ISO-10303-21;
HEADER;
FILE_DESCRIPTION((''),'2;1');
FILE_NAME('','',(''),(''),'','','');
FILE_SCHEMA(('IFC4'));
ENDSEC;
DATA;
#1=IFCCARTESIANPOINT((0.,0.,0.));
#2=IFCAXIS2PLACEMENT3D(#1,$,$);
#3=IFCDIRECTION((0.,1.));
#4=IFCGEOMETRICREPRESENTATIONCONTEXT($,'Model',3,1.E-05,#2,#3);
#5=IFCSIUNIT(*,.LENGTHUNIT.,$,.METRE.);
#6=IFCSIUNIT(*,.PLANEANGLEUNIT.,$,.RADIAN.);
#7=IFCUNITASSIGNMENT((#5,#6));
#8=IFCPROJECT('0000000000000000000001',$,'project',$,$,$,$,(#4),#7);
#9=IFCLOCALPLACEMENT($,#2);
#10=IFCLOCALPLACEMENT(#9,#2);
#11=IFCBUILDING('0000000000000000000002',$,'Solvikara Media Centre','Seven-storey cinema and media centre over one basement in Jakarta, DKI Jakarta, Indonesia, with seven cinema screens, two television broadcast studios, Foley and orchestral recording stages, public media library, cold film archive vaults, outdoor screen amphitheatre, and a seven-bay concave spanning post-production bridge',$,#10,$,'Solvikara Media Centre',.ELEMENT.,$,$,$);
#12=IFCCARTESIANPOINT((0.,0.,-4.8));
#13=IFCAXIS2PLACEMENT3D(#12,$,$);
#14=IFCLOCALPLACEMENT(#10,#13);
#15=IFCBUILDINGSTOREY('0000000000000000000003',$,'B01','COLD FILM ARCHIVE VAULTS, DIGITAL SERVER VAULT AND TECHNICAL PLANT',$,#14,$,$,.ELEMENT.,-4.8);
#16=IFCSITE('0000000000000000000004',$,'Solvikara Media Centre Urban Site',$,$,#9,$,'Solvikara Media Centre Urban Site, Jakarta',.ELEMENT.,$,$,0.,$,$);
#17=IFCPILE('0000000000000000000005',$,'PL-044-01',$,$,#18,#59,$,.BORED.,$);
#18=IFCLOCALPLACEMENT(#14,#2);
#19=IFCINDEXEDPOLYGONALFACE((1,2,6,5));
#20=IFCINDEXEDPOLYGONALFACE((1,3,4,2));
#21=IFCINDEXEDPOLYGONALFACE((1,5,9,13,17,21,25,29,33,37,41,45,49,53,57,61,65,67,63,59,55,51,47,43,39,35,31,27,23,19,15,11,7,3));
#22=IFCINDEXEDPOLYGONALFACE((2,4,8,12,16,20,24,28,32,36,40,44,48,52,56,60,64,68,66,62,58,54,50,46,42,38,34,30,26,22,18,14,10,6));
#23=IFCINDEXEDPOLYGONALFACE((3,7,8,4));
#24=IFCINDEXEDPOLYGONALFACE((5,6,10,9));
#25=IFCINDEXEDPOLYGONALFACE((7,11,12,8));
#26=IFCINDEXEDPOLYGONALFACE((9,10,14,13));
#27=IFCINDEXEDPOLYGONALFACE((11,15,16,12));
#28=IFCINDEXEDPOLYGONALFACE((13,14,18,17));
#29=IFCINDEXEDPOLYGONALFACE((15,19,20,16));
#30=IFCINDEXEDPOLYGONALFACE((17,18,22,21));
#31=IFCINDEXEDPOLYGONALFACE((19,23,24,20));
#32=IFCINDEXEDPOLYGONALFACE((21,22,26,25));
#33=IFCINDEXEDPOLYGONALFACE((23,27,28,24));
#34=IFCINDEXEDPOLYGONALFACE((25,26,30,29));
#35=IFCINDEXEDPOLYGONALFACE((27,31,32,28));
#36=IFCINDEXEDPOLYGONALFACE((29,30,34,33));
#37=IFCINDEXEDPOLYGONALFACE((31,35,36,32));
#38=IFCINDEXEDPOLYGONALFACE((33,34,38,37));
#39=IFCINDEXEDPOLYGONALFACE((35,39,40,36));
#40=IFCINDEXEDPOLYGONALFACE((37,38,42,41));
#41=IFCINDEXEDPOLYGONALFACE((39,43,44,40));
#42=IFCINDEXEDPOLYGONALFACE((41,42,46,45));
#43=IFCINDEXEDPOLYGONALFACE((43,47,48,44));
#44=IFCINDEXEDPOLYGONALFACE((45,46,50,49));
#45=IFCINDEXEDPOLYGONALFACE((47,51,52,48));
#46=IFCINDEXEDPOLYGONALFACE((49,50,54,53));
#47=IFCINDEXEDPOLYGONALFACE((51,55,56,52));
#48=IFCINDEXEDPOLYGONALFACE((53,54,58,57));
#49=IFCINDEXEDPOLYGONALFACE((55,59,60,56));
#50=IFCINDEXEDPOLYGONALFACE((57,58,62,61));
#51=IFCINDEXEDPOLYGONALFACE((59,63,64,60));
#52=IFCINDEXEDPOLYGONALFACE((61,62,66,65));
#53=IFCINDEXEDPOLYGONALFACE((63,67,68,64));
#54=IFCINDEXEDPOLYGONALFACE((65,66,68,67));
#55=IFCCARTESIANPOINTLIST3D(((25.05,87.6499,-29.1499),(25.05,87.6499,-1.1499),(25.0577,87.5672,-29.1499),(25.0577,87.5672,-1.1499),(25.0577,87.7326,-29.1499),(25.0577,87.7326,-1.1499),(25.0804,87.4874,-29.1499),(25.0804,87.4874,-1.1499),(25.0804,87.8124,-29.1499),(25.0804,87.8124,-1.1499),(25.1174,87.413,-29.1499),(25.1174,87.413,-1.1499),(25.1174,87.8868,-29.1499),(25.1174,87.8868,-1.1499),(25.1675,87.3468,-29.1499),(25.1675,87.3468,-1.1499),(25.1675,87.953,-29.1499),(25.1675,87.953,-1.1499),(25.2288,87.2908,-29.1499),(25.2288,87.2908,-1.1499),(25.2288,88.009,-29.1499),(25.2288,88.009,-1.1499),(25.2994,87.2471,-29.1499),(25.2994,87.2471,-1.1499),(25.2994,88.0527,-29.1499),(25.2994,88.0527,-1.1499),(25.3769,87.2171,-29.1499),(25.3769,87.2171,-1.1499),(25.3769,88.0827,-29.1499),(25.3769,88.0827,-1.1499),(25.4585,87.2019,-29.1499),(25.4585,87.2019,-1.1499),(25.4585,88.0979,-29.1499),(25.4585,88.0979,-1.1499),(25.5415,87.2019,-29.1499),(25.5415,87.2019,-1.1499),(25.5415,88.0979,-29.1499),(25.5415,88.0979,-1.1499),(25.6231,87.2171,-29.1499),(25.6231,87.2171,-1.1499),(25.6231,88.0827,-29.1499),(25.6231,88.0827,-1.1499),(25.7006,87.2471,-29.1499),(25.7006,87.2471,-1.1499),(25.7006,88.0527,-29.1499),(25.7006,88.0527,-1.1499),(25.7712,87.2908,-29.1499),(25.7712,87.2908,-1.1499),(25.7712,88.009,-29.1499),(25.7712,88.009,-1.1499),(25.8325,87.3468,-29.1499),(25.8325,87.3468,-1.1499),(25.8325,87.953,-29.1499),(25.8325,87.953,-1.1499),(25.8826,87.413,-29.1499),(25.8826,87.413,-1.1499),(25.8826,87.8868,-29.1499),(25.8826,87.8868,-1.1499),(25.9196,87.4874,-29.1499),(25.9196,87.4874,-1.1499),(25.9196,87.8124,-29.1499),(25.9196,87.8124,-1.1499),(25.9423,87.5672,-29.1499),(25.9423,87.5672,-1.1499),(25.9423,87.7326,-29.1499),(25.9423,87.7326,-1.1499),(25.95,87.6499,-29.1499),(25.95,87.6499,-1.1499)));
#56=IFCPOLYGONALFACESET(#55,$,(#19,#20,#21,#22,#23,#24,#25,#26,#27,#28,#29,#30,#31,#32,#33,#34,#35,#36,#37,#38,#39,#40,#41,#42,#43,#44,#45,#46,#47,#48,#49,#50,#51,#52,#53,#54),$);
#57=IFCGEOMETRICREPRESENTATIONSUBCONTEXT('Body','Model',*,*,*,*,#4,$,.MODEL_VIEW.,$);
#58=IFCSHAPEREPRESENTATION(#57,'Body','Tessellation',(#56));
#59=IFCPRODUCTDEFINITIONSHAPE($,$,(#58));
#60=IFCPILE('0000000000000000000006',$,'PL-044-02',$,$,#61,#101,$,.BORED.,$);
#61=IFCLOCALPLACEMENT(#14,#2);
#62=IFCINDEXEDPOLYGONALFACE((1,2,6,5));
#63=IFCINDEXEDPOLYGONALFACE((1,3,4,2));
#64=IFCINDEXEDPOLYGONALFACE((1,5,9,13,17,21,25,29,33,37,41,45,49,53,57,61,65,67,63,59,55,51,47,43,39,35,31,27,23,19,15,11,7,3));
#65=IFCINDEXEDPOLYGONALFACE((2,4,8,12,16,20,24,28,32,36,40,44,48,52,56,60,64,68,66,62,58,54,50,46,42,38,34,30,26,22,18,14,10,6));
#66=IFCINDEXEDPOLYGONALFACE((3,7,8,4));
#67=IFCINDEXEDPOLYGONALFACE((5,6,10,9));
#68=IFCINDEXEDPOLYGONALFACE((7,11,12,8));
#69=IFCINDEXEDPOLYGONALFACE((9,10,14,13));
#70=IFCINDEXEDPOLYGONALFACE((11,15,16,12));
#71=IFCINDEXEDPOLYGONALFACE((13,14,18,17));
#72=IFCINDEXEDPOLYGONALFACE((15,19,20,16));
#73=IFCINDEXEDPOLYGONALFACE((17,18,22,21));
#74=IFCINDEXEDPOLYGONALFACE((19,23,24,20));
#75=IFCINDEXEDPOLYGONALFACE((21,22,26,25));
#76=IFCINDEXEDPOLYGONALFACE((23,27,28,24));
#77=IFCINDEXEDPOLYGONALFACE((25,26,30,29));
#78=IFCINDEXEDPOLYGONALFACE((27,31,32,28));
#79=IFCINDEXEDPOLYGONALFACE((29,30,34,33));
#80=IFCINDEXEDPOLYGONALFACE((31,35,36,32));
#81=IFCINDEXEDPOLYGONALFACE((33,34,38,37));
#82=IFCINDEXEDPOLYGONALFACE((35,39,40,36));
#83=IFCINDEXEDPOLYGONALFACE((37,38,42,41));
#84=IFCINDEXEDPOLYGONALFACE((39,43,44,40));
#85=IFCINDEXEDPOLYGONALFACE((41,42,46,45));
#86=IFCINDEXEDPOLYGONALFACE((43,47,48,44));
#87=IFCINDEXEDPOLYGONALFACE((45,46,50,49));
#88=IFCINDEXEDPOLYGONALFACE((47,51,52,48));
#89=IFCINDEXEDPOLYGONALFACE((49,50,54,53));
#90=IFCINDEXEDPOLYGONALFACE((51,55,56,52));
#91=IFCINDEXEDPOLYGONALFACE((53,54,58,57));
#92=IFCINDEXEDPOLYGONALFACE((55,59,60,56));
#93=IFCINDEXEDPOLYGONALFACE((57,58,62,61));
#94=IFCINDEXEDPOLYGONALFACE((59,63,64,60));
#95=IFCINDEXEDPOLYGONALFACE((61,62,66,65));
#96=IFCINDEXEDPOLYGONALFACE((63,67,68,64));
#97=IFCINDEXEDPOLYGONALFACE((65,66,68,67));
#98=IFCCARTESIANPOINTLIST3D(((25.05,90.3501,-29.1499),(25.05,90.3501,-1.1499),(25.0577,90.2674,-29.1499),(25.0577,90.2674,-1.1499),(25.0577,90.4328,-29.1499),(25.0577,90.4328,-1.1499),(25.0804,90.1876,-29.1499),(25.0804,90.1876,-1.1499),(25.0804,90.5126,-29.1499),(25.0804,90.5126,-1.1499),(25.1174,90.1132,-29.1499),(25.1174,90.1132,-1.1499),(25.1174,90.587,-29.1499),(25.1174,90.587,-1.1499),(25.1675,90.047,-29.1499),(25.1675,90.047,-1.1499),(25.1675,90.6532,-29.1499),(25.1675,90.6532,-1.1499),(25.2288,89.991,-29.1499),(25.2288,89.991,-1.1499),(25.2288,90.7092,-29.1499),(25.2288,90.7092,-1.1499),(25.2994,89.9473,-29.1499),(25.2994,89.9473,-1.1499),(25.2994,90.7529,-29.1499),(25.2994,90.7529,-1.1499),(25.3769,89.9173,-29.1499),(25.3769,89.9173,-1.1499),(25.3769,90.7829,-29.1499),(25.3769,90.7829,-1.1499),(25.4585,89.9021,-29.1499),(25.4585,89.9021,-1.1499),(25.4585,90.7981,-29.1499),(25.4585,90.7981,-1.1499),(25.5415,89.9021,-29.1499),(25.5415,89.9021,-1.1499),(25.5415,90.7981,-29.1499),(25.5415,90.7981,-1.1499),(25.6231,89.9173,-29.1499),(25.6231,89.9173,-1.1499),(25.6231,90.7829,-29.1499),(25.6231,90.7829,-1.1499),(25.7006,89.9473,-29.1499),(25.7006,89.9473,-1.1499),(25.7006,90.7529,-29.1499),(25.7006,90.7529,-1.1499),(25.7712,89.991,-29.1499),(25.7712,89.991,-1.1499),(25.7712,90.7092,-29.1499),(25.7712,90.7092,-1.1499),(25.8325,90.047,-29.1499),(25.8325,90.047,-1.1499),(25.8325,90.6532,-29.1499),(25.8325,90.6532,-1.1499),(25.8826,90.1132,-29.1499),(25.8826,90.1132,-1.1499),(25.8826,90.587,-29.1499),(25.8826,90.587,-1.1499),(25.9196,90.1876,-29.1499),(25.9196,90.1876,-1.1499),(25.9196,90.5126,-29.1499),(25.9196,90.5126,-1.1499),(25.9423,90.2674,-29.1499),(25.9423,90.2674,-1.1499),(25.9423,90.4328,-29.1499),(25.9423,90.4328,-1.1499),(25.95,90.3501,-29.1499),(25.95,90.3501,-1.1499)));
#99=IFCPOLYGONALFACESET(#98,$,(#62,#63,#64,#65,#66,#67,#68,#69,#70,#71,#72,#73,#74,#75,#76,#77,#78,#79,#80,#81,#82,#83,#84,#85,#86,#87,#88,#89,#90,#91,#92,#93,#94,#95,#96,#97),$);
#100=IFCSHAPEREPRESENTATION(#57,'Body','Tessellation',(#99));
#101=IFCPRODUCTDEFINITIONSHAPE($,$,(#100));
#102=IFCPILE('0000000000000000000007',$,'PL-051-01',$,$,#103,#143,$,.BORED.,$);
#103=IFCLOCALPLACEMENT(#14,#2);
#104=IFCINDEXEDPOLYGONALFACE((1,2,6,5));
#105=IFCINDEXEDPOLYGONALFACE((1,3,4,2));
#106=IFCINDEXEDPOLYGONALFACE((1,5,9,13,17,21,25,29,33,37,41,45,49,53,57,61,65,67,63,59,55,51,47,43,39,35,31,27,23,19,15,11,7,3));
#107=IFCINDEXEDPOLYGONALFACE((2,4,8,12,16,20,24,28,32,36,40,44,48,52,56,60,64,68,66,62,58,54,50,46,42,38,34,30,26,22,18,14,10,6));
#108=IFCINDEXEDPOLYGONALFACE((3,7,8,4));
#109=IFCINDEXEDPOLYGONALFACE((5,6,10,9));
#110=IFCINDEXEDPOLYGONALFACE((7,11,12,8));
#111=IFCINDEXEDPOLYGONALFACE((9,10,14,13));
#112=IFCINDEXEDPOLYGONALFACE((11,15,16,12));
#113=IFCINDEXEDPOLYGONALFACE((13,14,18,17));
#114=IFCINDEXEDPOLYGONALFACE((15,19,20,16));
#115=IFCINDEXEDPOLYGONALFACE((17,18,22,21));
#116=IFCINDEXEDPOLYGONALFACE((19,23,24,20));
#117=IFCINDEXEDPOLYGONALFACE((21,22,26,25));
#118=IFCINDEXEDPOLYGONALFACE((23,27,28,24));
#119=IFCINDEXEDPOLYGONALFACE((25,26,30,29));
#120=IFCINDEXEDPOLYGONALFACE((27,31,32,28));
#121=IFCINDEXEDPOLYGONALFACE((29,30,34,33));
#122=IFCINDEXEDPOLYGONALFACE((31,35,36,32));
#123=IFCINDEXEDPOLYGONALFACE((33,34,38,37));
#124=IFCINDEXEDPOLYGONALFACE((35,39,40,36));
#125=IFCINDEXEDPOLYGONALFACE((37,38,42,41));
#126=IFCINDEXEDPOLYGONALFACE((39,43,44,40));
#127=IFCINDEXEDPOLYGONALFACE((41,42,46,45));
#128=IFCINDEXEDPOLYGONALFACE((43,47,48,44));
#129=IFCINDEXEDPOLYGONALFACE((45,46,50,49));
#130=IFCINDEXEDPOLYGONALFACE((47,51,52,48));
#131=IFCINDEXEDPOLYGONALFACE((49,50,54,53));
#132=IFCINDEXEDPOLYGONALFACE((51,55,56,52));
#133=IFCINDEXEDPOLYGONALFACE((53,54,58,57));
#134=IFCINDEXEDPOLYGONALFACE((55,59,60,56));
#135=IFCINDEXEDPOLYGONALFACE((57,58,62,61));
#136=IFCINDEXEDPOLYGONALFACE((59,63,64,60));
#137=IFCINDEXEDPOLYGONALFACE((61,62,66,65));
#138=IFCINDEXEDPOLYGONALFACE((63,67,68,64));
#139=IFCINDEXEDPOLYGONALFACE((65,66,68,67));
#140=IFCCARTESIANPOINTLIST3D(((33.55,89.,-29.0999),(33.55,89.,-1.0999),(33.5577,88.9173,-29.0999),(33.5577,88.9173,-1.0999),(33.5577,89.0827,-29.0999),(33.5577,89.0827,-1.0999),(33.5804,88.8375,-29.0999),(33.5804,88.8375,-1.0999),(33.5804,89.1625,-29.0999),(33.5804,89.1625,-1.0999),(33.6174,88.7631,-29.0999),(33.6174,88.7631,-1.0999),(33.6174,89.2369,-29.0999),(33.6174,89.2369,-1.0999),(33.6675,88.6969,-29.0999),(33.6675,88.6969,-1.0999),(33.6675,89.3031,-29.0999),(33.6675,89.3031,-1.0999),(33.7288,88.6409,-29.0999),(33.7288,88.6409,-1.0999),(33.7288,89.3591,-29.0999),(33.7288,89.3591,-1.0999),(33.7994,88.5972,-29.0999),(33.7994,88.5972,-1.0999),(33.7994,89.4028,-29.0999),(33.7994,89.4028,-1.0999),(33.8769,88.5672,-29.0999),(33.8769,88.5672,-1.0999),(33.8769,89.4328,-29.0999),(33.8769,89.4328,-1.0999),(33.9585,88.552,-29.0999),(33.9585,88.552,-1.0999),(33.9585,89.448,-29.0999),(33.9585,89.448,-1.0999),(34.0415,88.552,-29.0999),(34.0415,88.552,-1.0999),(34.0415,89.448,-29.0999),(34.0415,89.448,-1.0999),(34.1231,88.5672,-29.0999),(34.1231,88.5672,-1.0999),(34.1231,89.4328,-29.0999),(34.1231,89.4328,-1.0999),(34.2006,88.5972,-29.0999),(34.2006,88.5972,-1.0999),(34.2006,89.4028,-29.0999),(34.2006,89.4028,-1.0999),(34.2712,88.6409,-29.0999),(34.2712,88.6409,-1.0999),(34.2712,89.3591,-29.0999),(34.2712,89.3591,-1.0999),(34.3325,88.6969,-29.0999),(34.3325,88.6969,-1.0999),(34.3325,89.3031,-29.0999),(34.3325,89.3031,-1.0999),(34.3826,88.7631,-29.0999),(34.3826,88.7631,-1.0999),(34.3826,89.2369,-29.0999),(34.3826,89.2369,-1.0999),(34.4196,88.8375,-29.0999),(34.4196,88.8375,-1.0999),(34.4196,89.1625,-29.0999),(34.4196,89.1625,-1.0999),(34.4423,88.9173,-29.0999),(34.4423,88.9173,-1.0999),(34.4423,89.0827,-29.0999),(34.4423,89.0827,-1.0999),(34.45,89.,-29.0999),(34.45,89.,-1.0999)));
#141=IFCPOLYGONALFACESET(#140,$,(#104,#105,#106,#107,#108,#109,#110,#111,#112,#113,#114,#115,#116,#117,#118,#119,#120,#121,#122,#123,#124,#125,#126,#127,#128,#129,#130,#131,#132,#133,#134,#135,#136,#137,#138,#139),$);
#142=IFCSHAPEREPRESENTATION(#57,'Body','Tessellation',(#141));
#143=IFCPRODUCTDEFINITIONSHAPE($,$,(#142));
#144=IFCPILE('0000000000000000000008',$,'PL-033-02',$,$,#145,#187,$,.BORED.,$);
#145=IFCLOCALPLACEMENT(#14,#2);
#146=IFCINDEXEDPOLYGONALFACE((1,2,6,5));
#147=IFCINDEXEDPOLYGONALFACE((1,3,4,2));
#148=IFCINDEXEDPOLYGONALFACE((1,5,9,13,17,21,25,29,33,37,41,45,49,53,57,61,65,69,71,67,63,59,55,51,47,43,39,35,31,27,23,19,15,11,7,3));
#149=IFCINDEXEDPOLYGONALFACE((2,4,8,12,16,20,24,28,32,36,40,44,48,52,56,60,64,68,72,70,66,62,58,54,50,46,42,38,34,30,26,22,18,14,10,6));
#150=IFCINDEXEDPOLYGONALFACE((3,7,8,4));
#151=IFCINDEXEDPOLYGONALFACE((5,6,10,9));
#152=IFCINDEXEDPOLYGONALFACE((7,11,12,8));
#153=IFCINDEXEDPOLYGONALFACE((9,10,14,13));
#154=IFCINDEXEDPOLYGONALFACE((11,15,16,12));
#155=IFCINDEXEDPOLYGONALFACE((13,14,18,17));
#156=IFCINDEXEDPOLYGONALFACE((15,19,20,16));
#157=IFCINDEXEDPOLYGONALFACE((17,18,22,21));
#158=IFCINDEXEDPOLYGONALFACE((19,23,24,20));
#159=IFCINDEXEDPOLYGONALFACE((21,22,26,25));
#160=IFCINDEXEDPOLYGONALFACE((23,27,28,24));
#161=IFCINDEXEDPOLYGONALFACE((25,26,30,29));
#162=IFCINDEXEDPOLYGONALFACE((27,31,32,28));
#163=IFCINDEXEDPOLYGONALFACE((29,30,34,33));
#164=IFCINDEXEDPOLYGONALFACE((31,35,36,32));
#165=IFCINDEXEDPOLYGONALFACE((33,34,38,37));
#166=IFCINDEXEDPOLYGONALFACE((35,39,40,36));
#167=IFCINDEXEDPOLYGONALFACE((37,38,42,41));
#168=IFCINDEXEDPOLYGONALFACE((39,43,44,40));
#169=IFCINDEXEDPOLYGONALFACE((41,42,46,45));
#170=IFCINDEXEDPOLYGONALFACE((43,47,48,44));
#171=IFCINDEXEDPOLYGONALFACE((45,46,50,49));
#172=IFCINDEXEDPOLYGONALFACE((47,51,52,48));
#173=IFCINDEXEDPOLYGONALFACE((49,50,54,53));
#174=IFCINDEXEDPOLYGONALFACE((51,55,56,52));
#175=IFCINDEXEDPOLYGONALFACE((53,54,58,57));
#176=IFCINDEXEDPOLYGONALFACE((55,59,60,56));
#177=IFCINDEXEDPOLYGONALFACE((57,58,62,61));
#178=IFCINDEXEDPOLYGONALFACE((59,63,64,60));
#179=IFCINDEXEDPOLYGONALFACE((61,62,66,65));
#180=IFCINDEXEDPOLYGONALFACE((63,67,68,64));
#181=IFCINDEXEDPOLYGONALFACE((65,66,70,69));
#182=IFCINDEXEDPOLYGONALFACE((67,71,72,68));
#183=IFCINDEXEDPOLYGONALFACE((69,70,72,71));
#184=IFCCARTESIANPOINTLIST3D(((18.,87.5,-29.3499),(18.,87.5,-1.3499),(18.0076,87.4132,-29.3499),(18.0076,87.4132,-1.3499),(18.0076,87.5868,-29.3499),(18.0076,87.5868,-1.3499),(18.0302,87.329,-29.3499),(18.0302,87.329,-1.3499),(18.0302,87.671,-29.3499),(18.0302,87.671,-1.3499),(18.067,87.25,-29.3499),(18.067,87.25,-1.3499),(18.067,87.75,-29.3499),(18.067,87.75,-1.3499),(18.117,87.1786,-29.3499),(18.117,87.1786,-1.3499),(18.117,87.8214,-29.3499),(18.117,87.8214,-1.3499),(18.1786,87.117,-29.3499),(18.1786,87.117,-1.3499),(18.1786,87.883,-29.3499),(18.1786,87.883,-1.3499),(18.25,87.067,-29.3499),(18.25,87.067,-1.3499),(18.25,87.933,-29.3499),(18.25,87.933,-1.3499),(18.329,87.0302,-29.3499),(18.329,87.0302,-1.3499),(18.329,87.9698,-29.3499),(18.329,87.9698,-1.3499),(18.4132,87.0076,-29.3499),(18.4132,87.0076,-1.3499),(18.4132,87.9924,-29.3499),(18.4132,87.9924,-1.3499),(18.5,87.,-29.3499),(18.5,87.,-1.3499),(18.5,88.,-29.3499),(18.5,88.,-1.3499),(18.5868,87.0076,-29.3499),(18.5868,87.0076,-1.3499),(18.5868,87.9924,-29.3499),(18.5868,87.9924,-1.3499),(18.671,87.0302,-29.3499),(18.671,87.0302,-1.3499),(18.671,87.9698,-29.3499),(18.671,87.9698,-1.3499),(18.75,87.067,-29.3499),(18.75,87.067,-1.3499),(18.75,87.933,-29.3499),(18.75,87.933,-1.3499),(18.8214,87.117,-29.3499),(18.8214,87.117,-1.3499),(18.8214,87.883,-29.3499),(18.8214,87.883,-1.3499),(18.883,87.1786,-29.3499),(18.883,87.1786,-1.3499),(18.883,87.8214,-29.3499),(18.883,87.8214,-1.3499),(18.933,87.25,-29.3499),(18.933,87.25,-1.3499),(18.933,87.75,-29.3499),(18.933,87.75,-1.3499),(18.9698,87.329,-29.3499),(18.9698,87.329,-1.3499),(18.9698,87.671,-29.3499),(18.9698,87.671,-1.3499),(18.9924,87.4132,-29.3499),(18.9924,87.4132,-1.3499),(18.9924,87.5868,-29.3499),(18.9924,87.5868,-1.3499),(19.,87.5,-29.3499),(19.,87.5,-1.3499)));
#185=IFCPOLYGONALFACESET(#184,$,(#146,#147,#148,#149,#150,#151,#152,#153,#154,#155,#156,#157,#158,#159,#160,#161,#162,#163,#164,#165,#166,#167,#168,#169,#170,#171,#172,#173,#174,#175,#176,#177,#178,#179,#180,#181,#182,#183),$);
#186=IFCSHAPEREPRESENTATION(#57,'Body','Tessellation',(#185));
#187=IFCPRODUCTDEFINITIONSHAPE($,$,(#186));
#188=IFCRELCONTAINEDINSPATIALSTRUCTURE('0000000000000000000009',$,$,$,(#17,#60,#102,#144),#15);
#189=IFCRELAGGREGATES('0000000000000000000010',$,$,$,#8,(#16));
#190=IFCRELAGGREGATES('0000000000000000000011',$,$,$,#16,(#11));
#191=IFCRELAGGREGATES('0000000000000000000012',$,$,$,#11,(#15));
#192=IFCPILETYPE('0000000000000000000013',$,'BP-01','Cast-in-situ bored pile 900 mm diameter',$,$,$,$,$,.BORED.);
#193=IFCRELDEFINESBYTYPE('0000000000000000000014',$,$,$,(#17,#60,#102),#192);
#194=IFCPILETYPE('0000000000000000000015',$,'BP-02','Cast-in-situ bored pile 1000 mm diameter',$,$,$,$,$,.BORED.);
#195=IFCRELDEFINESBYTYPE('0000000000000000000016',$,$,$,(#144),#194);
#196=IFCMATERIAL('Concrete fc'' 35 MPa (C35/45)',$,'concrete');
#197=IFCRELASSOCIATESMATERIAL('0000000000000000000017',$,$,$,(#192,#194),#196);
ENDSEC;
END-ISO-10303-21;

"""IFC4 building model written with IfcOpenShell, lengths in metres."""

from ifc_helpers import new_model, si_unit, direction, frame, origin, origin_2d, place, context, subcontext, project, spatial, circle, extrude, material, material_profile, profile_set, type_object, element, save


model = new_model("IFC4")

# Units and contexts
model_context = context("Model", 3, precision=1e-05, world=origin(), true_north=direction((0.0, 1.0)))
body_context = subcontext(model_context, "Body", "Model", "MODEL_VIEW")
ifc_project = project(units=[si_unit("LENGTHUNIT", "METRE"), si_unit("PLANEANGLEUNIT", "RADIAN")], contexts=[model_context])

# Site, building, storey
site_placement = place(None, origin())
site = spatial("IfcSite", under=ifc_project, at=site_placement, Name="Solvikara Media Centre Urban Site", LongName="Solvikara Media Centre Urban Site, Jakarta", CompositionType="ELEMENT", RefElevation=0.0)
building_placement = place(site_placement, origin())
building = spatial("IfcBuilding", under=site, at=building_placement, Name="Solvikara Media Centre", Description="Seven-storey cinema and media centre over one basement in Jakarta, DKI Jakarta, Indonesia, with seven cinema screens, two television broadcast studios, Foley and orchestral recording stages, public media library, cold film archive vaults, outdoor screen amphitheatre, and a seven-bay concave spanning post-production bridge", LongName="Solvikara Media Centre", CompositionType="ELEMENT")
storey_placement = place(building_placement, frame((0.0, 0.0, -4.8)))
storey = spatial("IfcBuildingStorey", under=building, at=storey_placement, Name="B01", Description="COLD FILM ARCHIVE VAULTS, DIGITAL SERVER VAULT AND TECHNICAL PLANT", CompositionType="ELEMENT", Elevation=-4.8)

# Piles
ifc_material_1 = material(Name="Concrete fc' 35 MPa (C35/45)", Category="concrete")
ifc_material_profile_1 = material_profile(ifc_material_1, circle(Radius=0.45, at=origin_2d()), Name="BORED PILE D900")
ifc_profile_set_1 = profile_set([ifc_material_profile_1], Name="Concrete fc' 35 MPa (C35/45)")
pile_type_1 = type_object("IfcPileType", Name="BP-01", Description="Cast-in-situ bored pile 900 mm diameter", PredefinedType="BORED", material=ifc_profile_set_1)
for number, where, z_axis, x_axis, name in (
    (1, (25.5, 87.6499, -1.1499), (0.0, 0.0, -1.0), (1.0, 0.0, 0.0), "PL-044-01"),
    (2, (25.5, 90.3501, -1.1499), (0.0, 0.0, -1.0), (1.0, 0.0, 0.0), "PL-044-02"),
    (3, (34.0, 89.0, -1.0999), (0.0, 0.0, -1.0), (1.0, 0.0, 0.0), "PL-051-01"),
):
    element("IfcPile", number, at=place(storey_placement, frame(where, z_axis=z_axis, x_axis=x_axis)), inside=storey, type_object=pile_type_1, Name=name, PredefinedType="BORED", context=body_context, shape_type="SweptSolid", body=[
        extrude(circle(Radius=0.45, at=origin_2d()), origin(), (0.0, 0.0, 1.0), 28.0),
    ])
ifc_material_profile_2 = material_profile(ifc_material_1, circle(Radius=0.5, at=origin_2d()), Name="BORED PILE D1000")
ifc_profile_set_2 = profile_set([ifc_material_profile_2], Name="Concrete fc' 35 MPa (C35/45)")
pile_type_2 = type_object("IfcPileType", Name="BP-02", Description="Cast-in-situ bored pile 1000 mm diameter", PredefinedType="BORED", material=ifc_profile_set_2)
for number, where, z_axis, x_axis, name in (
    (4, (18.5, 87.5, -1.3499), (0.0, 0.0, -1.0), (1.0, 0.0, 0.0), "PL-033-02"),
):
    element("IfcPile", number, at=place(storey_placement, frame(where, z_axis=z_axis, x_axis=x_axis)), inside=storey, type_object=pile_type_2, Name=name, PredefinedType="BORED", context=body_context, shape_type="SweptSolid", body=[
        extrude(circle(Radius=0.5, at=origin_2d()), origin(), (0.0, 0.0, 1.0), 28.0),
    ])

save(model, "model.ifc")
